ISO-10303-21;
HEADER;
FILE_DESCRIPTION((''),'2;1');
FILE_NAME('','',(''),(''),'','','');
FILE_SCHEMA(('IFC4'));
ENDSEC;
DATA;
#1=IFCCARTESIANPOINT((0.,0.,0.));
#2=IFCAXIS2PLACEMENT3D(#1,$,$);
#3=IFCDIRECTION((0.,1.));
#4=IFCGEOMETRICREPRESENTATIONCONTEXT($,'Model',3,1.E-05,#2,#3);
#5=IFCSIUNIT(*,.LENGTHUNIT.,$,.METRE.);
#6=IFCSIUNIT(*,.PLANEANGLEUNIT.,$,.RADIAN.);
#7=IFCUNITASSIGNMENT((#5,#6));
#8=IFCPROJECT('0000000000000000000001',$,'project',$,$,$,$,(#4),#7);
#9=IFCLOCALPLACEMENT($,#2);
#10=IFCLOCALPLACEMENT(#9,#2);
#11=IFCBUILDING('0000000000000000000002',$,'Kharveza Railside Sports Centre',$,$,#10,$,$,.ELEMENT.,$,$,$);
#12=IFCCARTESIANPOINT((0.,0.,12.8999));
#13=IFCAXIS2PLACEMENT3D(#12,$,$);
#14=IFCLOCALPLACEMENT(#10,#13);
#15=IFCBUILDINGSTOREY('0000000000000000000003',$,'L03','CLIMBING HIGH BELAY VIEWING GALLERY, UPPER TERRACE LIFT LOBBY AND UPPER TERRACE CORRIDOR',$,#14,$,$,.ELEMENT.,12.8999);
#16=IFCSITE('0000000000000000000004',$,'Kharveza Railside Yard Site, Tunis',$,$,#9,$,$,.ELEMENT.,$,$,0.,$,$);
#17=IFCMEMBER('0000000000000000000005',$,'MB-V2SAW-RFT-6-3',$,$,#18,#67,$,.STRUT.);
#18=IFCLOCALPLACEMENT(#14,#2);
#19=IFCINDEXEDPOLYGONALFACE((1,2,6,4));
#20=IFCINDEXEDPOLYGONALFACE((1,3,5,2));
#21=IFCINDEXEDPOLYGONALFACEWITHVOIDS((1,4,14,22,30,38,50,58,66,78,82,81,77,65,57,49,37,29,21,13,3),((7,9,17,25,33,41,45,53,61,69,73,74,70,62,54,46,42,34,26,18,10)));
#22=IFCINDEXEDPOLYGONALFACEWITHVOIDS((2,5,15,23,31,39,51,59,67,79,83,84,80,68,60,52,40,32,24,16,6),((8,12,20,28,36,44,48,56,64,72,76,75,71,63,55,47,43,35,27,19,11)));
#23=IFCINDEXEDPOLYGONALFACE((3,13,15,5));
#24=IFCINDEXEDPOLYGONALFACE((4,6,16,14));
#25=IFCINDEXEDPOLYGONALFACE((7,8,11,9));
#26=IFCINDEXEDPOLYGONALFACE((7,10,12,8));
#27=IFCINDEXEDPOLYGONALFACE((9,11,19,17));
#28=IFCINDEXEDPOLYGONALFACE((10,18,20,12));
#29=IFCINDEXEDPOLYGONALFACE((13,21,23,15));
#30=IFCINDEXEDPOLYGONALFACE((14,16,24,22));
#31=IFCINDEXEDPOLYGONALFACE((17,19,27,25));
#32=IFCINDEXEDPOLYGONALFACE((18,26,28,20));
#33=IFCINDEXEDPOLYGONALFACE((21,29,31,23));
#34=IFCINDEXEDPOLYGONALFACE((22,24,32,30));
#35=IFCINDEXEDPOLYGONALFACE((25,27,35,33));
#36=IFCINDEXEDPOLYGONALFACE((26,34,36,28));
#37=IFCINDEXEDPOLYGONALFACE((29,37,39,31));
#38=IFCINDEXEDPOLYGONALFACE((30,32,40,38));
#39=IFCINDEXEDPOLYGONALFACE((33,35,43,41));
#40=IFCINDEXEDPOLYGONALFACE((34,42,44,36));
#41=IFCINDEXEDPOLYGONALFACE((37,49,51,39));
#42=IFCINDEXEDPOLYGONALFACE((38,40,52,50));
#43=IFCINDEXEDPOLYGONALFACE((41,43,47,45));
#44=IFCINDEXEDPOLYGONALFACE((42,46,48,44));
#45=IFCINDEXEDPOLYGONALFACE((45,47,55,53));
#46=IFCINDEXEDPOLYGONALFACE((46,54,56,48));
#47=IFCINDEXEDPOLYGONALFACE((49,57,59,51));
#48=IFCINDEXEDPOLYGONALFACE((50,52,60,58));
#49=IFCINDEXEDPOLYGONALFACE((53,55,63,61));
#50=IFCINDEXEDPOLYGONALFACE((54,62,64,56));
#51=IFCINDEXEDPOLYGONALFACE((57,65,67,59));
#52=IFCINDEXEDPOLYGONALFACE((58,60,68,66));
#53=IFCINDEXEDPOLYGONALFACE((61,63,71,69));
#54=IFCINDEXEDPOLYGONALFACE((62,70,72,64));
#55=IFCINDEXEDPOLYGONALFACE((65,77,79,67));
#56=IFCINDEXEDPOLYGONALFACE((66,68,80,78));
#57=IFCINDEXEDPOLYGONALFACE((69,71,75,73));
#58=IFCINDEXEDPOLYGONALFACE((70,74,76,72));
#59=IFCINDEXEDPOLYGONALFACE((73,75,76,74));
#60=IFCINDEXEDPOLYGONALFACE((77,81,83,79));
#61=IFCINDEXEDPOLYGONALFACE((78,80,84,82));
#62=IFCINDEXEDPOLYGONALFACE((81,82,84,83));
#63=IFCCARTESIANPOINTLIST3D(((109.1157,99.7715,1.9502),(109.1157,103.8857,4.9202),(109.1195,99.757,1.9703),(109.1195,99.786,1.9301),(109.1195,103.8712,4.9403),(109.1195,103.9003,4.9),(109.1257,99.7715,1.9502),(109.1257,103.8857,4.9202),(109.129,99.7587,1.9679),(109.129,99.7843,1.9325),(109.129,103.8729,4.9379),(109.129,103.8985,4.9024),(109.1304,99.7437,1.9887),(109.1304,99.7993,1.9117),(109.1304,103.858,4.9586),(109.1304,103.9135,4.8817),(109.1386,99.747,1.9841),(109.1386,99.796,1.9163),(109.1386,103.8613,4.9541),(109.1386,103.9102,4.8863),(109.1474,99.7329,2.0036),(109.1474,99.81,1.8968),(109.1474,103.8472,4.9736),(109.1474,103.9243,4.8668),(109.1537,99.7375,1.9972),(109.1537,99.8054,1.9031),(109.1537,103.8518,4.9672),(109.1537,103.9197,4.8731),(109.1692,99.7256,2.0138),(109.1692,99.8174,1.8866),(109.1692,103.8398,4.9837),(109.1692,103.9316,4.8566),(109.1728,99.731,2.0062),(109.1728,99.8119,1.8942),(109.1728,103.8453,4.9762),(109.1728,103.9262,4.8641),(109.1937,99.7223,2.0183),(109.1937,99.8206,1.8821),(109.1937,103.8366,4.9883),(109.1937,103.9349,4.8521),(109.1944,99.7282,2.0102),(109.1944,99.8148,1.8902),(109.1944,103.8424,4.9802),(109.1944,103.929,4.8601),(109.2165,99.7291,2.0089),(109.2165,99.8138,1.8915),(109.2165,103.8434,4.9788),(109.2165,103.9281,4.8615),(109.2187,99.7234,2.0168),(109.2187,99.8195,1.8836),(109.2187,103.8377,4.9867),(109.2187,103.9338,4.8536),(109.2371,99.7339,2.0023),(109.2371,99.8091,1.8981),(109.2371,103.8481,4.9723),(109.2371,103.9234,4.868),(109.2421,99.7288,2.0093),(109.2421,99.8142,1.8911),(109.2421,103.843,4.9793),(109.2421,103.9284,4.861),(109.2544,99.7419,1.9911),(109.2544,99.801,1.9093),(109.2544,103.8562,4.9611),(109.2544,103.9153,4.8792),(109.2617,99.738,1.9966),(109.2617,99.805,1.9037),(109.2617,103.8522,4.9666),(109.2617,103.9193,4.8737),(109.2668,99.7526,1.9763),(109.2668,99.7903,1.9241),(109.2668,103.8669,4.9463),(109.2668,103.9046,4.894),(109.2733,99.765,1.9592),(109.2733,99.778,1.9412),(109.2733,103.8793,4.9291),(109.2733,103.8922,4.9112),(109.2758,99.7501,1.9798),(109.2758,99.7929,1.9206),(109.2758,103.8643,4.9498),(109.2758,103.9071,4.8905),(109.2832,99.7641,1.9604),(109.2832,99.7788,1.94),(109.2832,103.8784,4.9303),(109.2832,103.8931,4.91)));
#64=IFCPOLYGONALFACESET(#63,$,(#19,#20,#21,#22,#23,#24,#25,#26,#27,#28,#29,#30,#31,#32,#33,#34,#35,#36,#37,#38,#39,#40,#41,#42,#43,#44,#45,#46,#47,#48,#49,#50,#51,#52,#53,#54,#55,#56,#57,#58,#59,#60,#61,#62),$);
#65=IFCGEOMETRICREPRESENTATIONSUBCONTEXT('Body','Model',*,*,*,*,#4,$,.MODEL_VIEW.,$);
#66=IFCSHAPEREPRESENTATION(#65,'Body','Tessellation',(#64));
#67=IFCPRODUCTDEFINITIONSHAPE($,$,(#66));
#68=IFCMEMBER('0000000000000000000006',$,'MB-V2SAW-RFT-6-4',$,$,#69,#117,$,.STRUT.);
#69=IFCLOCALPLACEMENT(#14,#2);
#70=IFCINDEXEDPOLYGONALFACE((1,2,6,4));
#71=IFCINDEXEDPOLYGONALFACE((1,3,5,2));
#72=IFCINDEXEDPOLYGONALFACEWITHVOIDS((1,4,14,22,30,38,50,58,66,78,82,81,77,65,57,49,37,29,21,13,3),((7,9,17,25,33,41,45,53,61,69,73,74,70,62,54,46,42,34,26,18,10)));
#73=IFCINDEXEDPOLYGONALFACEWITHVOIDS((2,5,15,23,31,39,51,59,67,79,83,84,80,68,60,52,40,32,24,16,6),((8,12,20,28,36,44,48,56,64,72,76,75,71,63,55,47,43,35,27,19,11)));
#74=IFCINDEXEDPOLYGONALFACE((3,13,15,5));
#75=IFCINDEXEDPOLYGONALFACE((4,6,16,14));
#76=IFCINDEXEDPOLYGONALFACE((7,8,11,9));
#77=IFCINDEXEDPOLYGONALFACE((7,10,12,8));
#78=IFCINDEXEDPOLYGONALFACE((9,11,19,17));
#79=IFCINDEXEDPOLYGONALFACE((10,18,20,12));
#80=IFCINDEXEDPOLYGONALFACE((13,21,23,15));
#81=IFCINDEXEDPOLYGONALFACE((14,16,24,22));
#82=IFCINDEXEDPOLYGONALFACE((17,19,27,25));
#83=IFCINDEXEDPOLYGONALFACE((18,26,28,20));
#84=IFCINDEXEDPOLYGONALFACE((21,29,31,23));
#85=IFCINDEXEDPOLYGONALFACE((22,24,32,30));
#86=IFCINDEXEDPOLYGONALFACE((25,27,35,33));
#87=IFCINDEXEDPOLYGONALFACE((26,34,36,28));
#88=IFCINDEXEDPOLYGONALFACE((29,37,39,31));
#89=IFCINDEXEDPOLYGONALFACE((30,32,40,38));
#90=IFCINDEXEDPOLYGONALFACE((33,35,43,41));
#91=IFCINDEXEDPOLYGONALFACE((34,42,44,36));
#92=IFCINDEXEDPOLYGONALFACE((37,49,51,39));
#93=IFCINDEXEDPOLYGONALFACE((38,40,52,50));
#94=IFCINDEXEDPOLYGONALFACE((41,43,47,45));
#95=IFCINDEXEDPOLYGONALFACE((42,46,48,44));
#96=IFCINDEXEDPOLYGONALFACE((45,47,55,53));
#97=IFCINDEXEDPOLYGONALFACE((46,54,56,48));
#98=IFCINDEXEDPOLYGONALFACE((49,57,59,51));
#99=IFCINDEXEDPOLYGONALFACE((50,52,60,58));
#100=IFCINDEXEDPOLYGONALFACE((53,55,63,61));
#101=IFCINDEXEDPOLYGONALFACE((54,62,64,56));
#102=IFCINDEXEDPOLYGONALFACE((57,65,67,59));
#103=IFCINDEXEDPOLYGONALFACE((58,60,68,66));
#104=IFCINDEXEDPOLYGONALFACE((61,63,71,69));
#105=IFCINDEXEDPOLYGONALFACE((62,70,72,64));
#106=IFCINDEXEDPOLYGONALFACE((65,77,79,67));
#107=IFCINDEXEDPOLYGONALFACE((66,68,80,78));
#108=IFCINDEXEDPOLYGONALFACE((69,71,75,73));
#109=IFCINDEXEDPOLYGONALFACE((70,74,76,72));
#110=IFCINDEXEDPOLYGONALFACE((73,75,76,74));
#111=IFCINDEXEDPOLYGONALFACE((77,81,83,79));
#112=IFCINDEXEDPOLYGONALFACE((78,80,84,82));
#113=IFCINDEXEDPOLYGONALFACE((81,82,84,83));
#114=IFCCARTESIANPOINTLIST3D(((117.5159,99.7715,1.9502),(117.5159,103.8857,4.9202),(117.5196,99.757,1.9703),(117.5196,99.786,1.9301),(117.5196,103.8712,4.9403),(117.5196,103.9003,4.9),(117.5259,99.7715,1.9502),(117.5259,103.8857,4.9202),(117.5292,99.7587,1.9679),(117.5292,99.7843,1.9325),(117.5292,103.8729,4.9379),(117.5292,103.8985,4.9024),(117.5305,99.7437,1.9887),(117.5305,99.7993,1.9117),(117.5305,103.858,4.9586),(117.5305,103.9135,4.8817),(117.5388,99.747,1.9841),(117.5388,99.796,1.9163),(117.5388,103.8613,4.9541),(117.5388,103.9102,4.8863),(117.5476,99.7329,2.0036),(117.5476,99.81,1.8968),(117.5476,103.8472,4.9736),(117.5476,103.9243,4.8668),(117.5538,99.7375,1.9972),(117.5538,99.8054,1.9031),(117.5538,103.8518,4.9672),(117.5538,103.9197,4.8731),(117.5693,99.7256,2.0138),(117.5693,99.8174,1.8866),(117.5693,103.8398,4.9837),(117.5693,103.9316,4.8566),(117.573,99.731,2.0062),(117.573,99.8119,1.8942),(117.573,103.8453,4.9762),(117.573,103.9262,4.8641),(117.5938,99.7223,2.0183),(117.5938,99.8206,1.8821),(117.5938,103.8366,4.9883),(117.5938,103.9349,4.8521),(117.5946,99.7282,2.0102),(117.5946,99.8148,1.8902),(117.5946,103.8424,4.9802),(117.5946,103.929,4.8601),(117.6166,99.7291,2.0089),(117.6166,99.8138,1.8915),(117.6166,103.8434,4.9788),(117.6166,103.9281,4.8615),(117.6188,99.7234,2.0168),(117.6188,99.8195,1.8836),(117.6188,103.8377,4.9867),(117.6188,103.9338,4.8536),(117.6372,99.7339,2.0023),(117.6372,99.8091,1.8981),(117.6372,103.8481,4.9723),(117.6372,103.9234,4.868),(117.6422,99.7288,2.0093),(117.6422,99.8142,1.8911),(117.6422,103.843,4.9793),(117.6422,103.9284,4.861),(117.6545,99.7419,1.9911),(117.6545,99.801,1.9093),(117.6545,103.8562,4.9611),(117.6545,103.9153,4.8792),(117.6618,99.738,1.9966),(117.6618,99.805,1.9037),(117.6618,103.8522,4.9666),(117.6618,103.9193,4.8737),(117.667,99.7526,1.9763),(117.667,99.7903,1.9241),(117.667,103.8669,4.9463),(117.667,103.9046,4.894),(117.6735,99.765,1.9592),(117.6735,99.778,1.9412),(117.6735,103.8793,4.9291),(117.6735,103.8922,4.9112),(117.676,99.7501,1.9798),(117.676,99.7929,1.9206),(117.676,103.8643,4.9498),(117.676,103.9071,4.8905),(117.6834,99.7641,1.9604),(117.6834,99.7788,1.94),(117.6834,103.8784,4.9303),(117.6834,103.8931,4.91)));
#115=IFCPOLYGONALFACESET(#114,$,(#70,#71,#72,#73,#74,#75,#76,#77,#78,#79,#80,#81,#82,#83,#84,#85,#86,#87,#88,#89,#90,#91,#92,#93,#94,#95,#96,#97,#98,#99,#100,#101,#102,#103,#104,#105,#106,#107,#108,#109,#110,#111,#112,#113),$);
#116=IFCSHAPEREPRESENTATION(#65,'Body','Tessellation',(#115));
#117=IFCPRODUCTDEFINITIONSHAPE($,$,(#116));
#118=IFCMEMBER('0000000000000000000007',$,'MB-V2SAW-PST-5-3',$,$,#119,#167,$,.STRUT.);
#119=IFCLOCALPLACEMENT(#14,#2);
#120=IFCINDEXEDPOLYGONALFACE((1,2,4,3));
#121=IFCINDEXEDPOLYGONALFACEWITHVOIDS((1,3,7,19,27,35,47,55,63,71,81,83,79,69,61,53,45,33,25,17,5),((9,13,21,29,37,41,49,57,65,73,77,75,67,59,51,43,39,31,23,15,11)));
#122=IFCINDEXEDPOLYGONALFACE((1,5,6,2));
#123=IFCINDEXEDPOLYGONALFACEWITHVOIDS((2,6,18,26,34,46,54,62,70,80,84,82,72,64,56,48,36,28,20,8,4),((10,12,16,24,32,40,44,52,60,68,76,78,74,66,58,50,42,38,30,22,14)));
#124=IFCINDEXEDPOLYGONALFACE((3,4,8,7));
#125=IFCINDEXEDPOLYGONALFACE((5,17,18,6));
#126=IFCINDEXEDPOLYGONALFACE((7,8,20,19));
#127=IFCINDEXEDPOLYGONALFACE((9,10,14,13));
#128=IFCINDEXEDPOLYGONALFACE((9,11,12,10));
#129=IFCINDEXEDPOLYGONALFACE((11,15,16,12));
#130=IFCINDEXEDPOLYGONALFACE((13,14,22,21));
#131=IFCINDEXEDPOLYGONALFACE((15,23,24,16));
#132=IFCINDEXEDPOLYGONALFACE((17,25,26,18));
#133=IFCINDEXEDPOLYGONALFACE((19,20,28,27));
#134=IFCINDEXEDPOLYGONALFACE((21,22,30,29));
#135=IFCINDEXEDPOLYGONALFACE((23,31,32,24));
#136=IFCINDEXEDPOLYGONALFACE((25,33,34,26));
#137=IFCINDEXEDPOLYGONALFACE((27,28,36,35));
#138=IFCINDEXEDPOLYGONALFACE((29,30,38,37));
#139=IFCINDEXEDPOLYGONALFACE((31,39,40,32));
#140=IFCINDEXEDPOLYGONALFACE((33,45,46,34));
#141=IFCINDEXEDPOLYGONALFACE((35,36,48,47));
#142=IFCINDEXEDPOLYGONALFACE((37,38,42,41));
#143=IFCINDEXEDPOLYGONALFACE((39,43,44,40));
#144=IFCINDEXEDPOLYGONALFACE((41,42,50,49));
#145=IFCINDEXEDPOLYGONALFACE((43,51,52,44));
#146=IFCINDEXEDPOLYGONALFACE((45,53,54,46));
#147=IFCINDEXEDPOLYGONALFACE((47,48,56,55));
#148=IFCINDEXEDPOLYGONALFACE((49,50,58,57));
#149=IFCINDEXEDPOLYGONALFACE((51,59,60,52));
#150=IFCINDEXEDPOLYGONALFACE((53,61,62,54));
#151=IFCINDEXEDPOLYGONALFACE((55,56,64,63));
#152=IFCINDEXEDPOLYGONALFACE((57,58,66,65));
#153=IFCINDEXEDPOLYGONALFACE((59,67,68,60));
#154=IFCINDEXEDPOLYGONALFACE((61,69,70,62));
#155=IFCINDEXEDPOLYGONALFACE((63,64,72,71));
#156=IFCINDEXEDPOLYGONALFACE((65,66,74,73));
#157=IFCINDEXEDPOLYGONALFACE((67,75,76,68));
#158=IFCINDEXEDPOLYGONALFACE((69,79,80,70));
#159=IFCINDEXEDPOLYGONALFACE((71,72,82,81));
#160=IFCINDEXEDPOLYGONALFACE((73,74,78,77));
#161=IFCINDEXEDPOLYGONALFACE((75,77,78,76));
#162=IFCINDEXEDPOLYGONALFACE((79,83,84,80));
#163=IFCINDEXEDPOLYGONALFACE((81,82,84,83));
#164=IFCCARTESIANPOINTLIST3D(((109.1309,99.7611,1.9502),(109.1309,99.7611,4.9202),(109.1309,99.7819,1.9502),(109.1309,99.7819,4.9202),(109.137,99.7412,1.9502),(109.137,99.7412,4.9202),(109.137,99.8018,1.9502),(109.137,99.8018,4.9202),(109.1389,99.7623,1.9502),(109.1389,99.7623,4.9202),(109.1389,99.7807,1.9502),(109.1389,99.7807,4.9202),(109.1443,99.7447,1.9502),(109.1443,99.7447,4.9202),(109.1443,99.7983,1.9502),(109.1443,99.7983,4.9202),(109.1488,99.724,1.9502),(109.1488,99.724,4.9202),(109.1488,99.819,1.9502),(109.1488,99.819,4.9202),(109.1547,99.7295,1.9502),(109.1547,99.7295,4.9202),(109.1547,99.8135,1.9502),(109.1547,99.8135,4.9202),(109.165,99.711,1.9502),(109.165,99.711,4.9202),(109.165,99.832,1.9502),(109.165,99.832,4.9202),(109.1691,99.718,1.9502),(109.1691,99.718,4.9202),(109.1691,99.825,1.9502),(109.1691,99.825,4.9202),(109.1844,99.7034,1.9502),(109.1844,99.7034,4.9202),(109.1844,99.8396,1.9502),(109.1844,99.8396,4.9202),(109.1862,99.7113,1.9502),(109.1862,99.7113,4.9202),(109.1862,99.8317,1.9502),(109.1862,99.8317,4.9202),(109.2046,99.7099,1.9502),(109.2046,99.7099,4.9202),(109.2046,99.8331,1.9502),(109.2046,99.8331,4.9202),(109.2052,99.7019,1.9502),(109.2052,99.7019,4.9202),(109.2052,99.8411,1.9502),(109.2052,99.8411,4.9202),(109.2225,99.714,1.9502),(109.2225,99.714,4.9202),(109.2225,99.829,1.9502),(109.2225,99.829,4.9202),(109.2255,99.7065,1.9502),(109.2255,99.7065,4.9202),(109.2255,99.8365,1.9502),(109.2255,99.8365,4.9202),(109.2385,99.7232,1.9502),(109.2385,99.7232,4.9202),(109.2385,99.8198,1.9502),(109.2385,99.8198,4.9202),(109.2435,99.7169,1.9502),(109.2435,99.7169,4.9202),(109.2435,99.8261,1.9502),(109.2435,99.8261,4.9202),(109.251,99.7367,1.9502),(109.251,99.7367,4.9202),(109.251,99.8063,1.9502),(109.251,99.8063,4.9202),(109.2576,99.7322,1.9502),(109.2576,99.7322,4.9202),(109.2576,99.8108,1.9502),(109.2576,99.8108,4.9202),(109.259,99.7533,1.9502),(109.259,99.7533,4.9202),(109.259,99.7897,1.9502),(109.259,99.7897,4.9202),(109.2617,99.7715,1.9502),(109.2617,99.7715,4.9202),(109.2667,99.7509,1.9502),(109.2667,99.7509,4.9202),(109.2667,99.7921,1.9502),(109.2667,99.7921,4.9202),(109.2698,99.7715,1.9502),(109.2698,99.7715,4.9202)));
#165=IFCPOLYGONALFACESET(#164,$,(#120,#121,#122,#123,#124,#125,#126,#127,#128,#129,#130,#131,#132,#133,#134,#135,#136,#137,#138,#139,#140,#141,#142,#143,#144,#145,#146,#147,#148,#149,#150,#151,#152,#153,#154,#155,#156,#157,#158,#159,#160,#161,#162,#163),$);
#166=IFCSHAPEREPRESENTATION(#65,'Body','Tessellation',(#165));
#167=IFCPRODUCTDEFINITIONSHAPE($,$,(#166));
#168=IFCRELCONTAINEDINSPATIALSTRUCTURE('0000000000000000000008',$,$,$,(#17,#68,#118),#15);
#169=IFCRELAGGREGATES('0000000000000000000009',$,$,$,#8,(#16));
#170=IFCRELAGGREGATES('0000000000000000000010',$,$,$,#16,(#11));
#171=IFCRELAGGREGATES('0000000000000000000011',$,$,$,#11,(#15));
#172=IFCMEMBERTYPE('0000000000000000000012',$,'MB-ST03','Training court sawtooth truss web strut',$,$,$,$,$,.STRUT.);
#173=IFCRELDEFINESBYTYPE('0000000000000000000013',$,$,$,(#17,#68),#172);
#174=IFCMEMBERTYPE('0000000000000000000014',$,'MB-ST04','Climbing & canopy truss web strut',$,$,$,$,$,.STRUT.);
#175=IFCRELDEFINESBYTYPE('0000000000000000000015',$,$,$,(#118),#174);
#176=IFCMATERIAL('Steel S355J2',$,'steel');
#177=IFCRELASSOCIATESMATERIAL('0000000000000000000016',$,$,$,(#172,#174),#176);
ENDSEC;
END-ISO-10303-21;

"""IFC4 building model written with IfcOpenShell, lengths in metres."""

from ifc_helpers import new_model, si_unit, direction, frame, origin, origin_2d, place, context, subcontext, project, spatial, hollow_circle, extrude, material, material_profile, profile_set, type_object, element, save


model = new_model("IFC4")

# Units and contexts
model_context = context("Model", 3, precision=1e-05, world=origin(), true_north=direction((0.0, 1.0)))
body_context = subcontext(model_context, "Body", "Model", "MODEL_VIEW")
ifc_project = project(units=[si_unit("LENGTHUNIT", "METRE"), si_unit("PLANEANGLEUNIT", "RADIAN")], contexts=[model_context])

# Site, building, storey
site_placement = place(None, origin())
site = spatial("IfcSite", under=ifc_project, at=site_placement, Name="Kharveza Railside Yard Site, Tunis", CompositionType="ELEMENT", RefElevation=0.0)
building_placement = place(site_placement, origin())
building = spatial("IfcBuilding", under=site, at=building_placement, Name="Kharveza Railside Sports Centre", CompositionType="ELEMENT")
storey_placement = place(building_placement, frame((0.0, 0.0, 12.8999)))
storey = spatial("IfcBuildingStorey", under=building, at=storey_placement, Name="L03", Description="CLIMBING HIGH BELAY VIEWING GALLERY, UPPER TERRACE LIFT LOBBY AND UPPER TERRACE CORRIDOR", CompositionType="ELEMENT", Elevation=12.8999)

# Shared definitions
ifc_material_1 = material(Name="Steel S355J2", Category="steel")

# Members
ifc_material_profile_1 = material_profile(ifc_material_1, hollow_circle(Radius=0.0842, WallThickness=0.01, at=origin_2d()), Name="CHS 168.3x10.0")
ifc_profile_set_1 = profile_set([ifc_material_profile_1], Name="Steel S355J2")
member_type_1 = type_object("IfcMemberType", Name="MB-ST03", Description="Training court sawtooth truss web strut", PredefinedType="STRUT", material=ifc_profile_set_1)
for number, where, z_axis, x_axis, name in (
    (1, (109.2, 99.7715, 1.9502), (0.0, 0.810814, 0.585304), (-1.0, 0.0, 0.0), "MB-V2SAW-RFT-6-3"),
    (2, (117.6001, 99.7715, 1.9502), (0.0, 0.810814, 0.585304), (-1.0, 0.0, 0.0), "MB-V2SAW-RFT-6-4"),
):
    element("IfcMember", number, at=place(storey_placement, frame(where, z_axis=z_axis, x_axis=x_axis)), inside=storey, type_object=member_type_1, Name=name, PredefinedType="STRUT", context=body_context, shape_type="SweptSolid", body=[
        extrude(hollow_circle(Radius=0.0842, WallThickness=0.01, at=origin_2d()), origin(), (0.0, 0.0, 1.0), 5.0742),
    ])
ifc_material_profile_2 = material_profile(ifc_material_1, hollow_circle(Radius=0.0698, WallThickness=0.0081, at=origin_2d()), Name="CHS 139.7x8.0")
ifc_profile_set_2 = profile_set([ifc_material_profile_2], Name="Steel S355J2")
member_type_2 = type_object("IfcMemberType", Name="MB-ST04", Description="Climbing & canopy truss web strut", PredefinedType="STRUT", material=ifc_profile_set_2)
for number, where, z_axis, x_axis, name in (
    (3, (109.2, 99.7715, 1.9502), (0.0, 0.0, 1.0), (1.0, 0.0, 0.0), "MB-V2SAW-PST-5-3"),
):
    element("IfcMember", number, at=place(storey_placement, frame(where, z_axis=z_axis, x_axis=x_axis)), inside=storey, type_object=member_type_2, Name=name, PredefinedType="STRUT", context=body_context, shape_type="SweptSolid", body=[
        extrude(hollow_circle(Radius=0.0698, WallThickness=0.0081, at=origin_2d()), origin(), (0.0, 0.0, 1.0), 2.97),
    ])

save(model, "model.ifc")
